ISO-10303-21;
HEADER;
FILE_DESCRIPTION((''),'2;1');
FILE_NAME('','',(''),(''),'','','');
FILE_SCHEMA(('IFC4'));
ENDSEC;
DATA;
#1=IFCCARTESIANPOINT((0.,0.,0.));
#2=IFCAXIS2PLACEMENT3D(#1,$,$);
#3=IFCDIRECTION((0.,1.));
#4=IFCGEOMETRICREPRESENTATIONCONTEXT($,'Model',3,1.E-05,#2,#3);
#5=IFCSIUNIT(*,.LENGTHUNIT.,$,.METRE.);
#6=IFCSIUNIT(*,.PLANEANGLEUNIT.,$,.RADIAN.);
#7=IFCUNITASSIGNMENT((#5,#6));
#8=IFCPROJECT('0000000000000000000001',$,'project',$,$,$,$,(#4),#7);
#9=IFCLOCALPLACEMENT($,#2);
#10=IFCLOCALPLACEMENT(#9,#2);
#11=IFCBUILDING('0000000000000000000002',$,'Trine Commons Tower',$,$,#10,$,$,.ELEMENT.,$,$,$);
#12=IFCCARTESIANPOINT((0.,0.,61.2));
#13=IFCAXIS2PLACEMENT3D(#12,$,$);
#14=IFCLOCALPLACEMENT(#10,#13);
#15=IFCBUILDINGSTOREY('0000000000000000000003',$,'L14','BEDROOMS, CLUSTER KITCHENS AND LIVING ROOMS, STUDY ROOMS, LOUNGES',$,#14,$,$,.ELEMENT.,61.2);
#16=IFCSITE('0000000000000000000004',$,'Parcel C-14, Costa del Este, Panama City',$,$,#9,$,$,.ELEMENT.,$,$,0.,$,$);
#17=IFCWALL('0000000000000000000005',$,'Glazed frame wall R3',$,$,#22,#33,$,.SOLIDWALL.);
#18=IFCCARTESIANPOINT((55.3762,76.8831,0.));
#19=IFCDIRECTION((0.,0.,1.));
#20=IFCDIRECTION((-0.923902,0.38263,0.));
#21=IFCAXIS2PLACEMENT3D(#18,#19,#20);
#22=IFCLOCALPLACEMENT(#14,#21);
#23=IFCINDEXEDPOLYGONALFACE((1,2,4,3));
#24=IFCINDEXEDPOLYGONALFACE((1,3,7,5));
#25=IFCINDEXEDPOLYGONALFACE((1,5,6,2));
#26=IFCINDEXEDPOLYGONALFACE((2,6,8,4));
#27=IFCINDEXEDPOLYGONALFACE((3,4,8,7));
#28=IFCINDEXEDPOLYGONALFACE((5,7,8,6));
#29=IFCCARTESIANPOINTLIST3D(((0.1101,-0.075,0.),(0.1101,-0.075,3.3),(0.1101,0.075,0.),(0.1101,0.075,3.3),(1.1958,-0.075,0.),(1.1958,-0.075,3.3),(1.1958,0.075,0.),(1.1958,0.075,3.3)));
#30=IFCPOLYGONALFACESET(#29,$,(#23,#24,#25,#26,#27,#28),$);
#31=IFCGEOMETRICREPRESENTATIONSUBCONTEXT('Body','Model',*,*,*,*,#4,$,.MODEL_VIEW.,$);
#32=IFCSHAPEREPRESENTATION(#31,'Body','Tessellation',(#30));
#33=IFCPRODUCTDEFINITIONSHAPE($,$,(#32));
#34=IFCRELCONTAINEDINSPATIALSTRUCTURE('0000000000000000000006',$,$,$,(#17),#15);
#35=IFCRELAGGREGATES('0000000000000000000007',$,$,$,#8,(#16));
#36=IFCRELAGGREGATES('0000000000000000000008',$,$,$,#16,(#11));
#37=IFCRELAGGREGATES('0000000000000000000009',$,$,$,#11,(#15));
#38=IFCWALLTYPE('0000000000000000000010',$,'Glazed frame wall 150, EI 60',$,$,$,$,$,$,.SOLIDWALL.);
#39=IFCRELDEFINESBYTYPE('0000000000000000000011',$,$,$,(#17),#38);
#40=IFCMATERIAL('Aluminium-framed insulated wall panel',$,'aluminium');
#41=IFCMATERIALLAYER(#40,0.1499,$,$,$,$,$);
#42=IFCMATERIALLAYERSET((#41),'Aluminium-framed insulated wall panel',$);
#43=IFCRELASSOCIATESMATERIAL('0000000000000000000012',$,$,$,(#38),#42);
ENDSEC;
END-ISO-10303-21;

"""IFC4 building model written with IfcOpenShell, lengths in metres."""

from ifc_helpers import new_model, si_unit, direction, frame, origin, place, context, subcontext, project, spatial, polyline, outline, extrude, material, layer, layer_set, type_object, element, save


model = new_model("IFC4")

# Units and contexts
model_context = context("Model", 3, precision=1e-05, world=origin(), true_north=direction((0.0, 1.0)))
body_context = subcontext(model_context, "Body", "Model", "MODEL_VIEW")
ifc_project = project(units=[si_unit("LENGTHUNIT", "METRE"), si_unit("PLANEANGLEUNIT", "RADIAN")], contexts=[model_context])

# Site, building, storey
site_placement = place(None, origin())
site = spatial("IfcSite", under=ifc_project, at=site_placement, Name="Parcel C-14, Costa del Este, Panama City", CompositionType="ELEMENT", RefElevation=0.0)
building_placement = place(site_placement, origin())
building = spatial("IfcBuilding", under=site, at=building_placement, Name="Trine Commons Tower", CompositionType="ELEMENT")
storey_placement = place(building_placement, frame((0.0, 0.0, 61.2)))
storey = spatial("IfcBuildingStorey", under=building, at=storey_placement, Name="L14", Description="BEDROOMS, CLUSTER KITCHENS AND LIVING ROOMS, STUDY ROOMS, LOUNGES", CompositionType="ELEMENT", Elevation=61.2)

# Wall
ifc_material_1 = material(Name="Aluminium-framed insulated wall panel", Category="aluminium")
ifc_layer_1 = layer(ifc_material_1, 0.1499)
ifc_layer_set_1 = layer_set([ifc_layer_1], Name="Aluminium-framed insulated wall panel")
wall_type_1 = type_object("IfcWallType", Name="Glazed frame wall 150, EI 60", PredefinedType="SOLIDWALL", material=ifc_layer_set_1)
wall_1_placement = place(storey_placement, frame((55.3762, 76.8831, 0.0), z_axis=(0.0, 0.0, 1.0), x_axis=(-0.923902, 0.38263, 0.0)))
element("IfcWall", 1, at=wall_1_placement, inside=storey, type_object=wall_type_1, Name="Glazed frame wall R3", PredefinedType="SOLIDWALL", context=body_context, shape_type="SweptSolid", body=[
    extrude(outline(polyline([(0.1101, 0.075), (0.1101, -0.075), (1.1958, -0.075), (1.1958, 0.075), (0.1101, 0.075)])), origin(), (0.0, 0.0, 1.0), 3.3),
])

save(model, "model.ifc")
